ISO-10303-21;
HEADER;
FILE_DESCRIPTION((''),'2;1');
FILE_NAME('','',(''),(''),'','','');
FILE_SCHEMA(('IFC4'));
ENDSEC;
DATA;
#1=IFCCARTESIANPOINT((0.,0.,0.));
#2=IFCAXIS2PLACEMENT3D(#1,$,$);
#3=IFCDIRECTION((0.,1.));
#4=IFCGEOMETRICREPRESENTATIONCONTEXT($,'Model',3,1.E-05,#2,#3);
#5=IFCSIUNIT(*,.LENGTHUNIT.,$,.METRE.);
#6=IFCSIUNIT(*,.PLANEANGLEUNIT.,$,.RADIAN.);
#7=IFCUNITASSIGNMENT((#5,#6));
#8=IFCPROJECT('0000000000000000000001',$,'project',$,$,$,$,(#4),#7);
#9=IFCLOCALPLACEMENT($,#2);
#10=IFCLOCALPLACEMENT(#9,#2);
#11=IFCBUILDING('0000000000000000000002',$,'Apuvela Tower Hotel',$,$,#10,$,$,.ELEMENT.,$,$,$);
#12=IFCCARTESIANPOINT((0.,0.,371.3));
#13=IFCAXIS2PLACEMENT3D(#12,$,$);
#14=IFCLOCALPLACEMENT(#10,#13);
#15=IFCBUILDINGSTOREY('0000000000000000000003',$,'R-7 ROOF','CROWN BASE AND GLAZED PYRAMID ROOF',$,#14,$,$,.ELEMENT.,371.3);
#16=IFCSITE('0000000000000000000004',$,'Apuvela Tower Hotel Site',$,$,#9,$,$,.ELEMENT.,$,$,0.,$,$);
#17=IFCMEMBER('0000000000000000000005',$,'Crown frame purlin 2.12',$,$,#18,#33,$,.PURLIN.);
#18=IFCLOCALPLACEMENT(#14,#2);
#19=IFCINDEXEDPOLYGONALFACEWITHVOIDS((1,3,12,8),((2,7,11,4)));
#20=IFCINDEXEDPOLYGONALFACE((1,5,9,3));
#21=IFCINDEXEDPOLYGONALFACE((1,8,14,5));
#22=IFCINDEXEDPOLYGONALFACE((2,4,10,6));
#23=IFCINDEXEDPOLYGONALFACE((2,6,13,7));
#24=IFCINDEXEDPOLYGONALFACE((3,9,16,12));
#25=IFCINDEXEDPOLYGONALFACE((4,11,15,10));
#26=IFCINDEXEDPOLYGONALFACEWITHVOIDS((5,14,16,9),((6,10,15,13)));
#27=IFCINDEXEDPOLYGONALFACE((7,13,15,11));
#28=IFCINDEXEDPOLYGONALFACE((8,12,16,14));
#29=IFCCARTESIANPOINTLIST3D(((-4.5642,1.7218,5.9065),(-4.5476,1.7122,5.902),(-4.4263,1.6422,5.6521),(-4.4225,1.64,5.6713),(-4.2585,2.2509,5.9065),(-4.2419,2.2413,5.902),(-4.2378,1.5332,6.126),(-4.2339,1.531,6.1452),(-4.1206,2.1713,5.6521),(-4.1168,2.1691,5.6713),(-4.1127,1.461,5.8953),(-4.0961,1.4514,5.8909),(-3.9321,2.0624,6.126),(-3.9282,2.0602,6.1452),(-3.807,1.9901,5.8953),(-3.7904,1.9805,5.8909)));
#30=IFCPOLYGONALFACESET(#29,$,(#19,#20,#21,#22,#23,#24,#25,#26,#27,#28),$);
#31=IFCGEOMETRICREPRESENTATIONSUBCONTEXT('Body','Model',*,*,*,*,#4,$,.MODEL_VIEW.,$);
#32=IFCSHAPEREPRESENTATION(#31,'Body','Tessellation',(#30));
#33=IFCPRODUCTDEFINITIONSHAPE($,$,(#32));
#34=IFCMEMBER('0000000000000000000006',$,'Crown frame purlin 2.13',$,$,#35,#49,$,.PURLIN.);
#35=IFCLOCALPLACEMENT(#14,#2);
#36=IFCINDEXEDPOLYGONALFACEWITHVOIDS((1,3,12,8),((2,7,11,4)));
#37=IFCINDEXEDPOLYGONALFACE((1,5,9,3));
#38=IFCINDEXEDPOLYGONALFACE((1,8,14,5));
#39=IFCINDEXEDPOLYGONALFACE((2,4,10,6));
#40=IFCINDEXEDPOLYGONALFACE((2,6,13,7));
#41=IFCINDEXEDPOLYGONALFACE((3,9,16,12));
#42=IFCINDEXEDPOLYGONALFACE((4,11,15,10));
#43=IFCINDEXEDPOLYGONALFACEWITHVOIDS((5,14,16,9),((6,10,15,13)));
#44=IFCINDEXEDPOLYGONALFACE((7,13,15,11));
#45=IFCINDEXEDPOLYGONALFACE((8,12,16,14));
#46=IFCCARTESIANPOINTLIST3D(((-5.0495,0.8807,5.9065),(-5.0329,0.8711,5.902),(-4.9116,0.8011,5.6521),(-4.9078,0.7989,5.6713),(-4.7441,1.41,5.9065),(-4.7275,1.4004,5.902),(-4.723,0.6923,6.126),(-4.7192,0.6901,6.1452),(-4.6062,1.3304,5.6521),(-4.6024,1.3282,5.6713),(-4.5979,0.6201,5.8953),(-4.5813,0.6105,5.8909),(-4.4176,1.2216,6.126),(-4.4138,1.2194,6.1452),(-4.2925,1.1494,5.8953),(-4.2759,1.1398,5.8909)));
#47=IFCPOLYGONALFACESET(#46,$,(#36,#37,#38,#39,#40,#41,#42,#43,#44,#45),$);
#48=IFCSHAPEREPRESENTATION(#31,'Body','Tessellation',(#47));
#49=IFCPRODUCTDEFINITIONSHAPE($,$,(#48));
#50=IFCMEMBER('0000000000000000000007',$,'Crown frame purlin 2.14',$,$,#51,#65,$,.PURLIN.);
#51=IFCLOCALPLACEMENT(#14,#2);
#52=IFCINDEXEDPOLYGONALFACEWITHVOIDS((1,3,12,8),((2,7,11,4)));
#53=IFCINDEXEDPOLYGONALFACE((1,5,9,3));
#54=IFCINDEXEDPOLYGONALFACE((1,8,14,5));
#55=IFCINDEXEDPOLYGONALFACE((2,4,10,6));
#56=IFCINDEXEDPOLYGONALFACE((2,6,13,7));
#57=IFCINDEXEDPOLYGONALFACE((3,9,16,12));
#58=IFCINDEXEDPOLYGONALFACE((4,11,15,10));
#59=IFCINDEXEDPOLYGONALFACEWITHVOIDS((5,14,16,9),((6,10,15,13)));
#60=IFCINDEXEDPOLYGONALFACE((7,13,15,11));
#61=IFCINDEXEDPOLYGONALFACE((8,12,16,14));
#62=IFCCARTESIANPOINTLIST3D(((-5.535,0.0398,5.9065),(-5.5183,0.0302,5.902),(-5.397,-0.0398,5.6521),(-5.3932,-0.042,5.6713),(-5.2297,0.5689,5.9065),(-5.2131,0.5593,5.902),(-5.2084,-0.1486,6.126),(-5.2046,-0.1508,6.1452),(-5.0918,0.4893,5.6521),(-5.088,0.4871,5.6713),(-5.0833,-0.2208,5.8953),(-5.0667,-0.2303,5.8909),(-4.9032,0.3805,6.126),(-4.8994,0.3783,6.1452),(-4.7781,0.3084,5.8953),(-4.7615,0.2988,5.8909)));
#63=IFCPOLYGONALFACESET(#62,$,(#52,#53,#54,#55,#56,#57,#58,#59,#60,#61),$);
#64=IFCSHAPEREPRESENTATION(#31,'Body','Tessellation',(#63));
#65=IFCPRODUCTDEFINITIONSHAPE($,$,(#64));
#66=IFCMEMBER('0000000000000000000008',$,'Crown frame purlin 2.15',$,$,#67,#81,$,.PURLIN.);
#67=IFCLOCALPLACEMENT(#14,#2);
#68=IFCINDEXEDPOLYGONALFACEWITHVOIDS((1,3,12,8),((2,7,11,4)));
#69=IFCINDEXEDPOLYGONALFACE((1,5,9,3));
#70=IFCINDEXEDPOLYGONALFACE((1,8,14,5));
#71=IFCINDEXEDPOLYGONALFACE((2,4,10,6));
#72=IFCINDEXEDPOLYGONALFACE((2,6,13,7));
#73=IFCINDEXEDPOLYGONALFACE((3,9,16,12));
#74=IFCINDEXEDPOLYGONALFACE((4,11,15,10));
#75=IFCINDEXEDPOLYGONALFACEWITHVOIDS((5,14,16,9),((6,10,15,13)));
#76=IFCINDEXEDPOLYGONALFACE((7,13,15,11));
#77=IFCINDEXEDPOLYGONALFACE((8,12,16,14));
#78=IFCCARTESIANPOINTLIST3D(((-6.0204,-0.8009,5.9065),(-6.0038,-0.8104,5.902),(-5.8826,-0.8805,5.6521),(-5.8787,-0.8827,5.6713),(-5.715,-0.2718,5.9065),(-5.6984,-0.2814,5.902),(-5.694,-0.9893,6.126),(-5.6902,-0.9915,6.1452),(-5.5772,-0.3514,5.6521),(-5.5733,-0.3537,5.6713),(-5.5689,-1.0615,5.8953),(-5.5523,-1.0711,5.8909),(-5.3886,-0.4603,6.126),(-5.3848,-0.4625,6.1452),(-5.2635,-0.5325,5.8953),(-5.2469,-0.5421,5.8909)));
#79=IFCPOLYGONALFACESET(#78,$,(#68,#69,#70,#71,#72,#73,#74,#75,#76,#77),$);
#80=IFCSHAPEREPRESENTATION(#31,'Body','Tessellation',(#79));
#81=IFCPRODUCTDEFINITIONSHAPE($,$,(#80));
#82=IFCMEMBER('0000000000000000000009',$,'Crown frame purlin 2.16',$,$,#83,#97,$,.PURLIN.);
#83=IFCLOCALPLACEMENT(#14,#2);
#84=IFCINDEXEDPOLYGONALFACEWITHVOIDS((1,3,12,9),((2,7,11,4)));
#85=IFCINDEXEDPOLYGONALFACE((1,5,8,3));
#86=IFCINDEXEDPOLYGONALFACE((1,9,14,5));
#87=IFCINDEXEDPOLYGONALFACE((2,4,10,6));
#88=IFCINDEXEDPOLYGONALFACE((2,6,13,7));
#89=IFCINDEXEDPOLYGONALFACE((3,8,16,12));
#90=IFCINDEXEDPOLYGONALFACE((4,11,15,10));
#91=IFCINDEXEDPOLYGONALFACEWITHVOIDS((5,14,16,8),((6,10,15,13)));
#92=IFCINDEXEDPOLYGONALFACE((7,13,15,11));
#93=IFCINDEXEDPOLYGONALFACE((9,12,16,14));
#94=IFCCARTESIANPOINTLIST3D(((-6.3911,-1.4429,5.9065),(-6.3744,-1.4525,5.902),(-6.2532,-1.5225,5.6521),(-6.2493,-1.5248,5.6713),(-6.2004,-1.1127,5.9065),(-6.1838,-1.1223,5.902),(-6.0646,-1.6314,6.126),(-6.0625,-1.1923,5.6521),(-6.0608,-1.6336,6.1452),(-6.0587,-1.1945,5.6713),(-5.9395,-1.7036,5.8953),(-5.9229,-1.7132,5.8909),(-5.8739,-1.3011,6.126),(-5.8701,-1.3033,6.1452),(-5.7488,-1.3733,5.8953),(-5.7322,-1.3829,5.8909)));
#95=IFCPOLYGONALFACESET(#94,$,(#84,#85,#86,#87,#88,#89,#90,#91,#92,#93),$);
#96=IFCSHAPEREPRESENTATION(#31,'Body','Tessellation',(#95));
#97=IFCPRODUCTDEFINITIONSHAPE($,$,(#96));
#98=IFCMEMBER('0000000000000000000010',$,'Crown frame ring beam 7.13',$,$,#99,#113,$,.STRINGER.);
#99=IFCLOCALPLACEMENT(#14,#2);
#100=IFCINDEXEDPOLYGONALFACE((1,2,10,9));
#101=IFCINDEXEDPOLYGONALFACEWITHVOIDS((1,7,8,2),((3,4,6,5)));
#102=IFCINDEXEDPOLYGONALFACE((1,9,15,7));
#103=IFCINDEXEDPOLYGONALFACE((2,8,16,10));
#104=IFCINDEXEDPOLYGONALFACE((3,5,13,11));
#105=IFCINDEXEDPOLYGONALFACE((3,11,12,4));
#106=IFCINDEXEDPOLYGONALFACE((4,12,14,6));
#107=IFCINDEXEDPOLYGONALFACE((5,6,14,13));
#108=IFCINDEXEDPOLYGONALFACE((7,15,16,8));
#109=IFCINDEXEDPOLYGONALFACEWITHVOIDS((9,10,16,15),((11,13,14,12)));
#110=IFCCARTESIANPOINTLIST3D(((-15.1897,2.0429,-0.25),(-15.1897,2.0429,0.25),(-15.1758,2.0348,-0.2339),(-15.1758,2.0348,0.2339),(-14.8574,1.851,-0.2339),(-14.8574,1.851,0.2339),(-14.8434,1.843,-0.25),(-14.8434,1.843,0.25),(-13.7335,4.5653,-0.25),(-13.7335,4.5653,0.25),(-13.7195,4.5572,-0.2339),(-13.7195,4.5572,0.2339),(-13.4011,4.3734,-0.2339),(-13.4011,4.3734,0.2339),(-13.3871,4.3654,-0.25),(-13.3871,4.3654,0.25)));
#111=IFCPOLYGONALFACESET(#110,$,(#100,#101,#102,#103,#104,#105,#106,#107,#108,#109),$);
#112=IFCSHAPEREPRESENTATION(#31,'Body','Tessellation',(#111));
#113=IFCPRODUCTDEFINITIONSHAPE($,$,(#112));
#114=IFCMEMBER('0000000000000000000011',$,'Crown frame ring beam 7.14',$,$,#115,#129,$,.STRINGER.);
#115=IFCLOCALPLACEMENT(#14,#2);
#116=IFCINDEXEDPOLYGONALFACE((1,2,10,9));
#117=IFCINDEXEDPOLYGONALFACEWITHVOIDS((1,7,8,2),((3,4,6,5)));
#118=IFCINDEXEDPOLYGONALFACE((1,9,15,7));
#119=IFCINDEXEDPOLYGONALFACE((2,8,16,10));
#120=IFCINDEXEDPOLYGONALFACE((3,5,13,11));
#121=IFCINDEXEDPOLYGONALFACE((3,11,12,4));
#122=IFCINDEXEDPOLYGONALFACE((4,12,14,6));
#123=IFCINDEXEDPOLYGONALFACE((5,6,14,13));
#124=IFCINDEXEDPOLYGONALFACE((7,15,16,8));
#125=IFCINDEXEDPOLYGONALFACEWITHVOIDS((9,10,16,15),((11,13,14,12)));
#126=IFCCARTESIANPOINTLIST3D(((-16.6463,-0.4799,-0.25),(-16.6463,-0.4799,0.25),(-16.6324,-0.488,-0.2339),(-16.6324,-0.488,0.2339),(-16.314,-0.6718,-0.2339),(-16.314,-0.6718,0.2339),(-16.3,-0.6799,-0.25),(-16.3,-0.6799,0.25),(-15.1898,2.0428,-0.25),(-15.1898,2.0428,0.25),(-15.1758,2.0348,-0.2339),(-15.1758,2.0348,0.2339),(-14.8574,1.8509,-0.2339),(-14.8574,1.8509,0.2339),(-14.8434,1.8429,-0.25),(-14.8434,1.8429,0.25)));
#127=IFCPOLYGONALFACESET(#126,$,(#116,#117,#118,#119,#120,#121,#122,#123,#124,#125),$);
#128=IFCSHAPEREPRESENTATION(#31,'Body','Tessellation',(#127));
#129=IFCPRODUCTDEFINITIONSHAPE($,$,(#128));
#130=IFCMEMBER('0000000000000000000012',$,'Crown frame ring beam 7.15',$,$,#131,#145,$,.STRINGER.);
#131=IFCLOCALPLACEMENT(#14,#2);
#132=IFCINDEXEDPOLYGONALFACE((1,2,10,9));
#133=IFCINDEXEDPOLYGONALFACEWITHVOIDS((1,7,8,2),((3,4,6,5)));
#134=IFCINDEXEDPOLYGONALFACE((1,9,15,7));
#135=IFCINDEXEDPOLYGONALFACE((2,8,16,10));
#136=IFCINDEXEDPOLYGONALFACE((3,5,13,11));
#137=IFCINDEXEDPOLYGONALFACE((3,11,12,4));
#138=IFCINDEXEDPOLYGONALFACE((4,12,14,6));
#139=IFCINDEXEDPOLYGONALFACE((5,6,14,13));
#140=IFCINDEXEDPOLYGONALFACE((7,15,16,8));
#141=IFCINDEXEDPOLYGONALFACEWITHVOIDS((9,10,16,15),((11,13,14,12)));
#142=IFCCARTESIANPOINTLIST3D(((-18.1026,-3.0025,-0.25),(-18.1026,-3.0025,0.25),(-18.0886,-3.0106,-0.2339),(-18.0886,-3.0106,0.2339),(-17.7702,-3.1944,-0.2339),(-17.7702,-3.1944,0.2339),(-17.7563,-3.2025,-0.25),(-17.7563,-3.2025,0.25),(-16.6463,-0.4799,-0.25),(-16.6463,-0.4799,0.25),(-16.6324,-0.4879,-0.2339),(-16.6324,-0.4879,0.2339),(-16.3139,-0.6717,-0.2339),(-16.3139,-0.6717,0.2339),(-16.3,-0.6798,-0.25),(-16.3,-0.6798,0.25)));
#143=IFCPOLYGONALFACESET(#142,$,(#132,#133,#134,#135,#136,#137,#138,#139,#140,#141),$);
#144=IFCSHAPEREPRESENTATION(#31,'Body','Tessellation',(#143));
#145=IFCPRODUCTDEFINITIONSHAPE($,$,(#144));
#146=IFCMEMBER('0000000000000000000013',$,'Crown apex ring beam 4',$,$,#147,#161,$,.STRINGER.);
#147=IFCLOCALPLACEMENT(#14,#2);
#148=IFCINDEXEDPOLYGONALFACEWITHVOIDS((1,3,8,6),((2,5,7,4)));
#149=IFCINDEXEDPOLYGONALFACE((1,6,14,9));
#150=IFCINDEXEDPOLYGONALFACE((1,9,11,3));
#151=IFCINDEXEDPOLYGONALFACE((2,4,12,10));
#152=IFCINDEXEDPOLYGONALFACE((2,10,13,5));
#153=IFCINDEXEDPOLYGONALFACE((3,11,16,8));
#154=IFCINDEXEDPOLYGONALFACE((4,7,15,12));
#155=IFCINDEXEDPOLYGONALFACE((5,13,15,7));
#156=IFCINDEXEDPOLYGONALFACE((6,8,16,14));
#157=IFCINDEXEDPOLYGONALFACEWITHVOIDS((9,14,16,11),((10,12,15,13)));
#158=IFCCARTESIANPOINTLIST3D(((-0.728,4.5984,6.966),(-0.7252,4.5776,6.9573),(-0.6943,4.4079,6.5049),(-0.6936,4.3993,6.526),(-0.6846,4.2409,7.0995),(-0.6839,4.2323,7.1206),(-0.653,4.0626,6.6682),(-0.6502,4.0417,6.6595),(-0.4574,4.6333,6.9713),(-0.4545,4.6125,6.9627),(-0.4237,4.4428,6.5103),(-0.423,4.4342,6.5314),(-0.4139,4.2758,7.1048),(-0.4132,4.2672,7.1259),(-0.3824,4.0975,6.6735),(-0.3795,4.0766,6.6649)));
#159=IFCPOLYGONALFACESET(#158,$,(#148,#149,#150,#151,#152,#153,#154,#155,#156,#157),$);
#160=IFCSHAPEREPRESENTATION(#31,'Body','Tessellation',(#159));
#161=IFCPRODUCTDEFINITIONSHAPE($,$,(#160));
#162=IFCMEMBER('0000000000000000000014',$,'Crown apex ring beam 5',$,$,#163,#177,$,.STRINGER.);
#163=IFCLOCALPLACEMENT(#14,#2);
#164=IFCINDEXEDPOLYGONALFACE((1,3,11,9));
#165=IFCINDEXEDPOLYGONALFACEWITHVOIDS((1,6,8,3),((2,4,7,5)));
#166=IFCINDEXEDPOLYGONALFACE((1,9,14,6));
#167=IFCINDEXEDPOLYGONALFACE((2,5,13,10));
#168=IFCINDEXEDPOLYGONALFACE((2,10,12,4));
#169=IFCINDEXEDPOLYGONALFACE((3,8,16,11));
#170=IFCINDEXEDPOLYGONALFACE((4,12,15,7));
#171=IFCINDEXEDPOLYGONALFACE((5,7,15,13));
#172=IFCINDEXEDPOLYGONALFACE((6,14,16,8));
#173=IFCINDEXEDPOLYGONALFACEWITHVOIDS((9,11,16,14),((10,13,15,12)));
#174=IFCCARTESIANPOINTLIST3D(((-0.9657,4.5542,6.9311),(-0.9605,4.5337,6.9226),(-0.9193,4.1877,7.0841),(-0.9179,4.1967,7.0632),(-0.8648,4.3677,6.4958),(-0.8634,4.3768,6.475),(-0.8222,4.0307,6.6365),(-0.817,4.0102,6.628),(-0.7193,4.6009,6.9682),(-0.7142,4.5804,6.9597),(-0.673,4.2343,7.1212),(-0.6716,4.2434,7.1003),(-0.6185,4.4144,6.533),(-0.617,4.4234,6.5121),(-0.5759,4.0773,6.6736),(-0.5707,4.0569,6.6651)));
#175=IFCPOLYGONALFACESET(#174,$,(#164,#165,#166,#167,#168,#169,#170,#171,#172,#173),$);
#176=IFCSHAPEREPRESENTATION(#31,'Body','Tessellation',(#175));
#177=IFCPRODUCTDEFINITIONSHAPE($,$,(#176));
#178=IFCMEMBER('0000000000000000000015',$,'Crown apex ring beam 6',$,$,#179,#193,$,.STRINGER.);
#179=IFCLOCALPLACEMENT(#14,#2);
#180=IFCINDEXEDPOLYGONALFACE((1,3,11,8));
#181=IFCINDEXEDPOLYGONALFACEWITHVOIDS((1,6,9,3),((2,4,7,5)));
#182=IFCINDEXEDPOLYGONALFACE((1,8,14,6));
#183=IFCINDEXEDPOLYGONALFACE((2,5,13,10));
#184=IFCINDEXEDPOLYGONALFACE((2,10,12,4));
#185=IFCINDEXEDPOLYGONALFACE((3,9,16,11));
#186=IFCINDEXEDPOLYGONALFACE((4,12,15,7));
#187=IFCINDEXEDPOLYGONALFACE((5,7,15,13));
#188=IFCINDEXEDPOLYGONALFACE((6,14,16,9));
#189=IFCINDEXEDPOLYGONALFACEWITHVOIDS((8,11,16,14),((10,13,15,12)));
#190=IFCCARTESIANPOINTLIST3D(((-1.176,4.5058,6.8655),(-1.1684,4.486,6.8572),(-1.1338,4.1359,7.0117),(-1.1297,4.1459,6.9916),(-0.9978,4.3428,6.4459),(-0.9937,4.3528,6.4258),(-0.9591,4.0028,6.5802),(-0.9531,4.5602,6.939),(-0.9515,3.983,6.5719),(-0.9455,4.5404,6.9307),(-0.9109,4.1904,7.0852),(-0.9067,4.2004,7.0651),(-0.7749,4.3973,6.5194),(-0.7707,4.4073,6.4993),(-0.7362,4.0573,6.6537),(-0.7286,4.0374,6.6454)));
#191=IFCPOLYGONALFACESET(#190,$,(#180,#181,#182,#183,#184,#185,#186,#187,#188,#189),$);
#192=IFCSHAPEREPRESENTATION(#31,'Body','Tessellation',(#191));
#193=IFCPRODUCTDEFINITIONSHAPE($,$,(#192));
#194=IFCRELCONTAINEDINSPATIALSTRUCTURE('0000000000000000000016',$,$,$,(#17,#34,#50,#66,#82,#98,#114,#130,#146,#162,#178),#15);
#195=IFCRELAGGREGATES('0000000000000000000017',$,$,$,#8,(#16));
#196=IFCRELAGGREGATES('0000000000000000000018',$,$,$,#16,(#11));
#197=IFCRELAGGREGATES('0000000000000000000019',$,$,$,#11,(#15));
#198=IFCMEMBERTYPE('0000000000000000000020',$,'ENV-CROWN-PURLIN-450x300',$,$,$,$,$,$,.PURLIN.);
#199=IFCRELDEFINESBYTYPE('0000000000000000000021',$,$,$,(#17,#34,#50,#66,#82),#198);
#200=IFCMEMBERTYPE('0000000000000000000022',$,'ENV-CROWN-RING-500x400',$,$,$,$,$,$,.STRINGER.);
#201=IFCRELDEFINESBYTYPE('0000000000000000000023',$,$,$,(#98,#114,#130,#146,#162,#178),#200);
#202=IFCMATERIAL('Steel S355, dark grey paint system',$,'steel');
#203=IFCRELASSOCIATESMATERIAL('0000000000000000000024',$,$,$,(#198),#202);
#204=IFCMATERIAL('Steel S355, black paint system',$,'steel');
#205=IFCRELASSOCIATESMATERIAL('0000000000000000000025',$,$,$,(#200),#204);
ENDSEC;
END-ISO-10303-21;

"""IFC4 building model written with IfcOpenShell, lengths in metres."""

from ifc_helpers import new_model, si_unit, direction, frame, origin, origin_2d, place, context, subcontext, project, spatial, hollow_rectangle, extrude, material, material_profile, profile_set, type_object, element, save


model = new_model("IFC4")

# Units and contexts
model_context = context("Model", 3, precision=1e-05, world=origin(), true_north=direction((0.0, 1.0)))
body_context = subcontext(model_context, "Body", "Model", "MODEL_VIEW")
ifc_project = project(units=[si_unit("LENGTHUNIT", "METRE"), si_unit("PLANEANGLEUNIT", "RADIAN")], contexts=[model_context])

# Site, building, storey
site_placement = place(None, origin())
site = spatial("IfcSite", under=ifc_project, at=site_placement, Name="Apuvela Tower Hotel Site", CompositionType="ELEMENT", RefElevation=0.0)
building_placement = place(site_placement, origin())
building = spatial("IfcBuilding", under=site, at=building_placement, Name="Apuvela Tower Hotel", CompositionType="ELEMENT")
storey_placement = place(building_placement, frame((0.0, 0.0, 371.3)))
storey = spatial("IfcBuildingStorey", under=building, at=storey_placement, Name="R-7 ROOF", Description="CROWN BASE AND GLAZED PYRAMID ROOF", CompositionType="ELEMENT", Elevation=371.3)

# Members
ifc_material_1 = material(Name="Steel S355, dark grey paint system", Category="steel")
ifc_material_profile_1 = material_profile(ifc_material_1, hollow_rectangle(XDim=0.45, YDim=0.3, WallThickness=0.0139, at=origin_2d()), Name="HSS 450x300x14")
ifc_profile_set_1 = profile_set([ifc_material_profile_1], Name="Steel S355, dark grey paint system")
member_type_1 = type_object("IfcMemberType", Name="ENV-CROWN-PURLIN-450x300", PredefinedType="PURLIN", material=ifc_profile_set_1)
for number, where, z_axis, x_axis, name in (
    (1, (-4.0244, 2.1157, 5.8987), (-0.500264, -0.865873, 0.0), (0.733907, -0.42402, 0.530647), "Crown frame purlin 2.12"),
    (2, (-4.51, 1.2749, 5.8987), (-0.499792, -0.866146, 0.0), (0.734139, -0.42362, 0.530647), "Crown frame purlin 2.13"),
):
    element("IfcMember", number, at=place(storey_placement, frame(where, z_axis=z_axis, x_axis=x_axis)), inside=storey, type_object=member_type_1, Name=name, PredefinedType="PURLIN", context=body_context, shape_type="SweptSolid", body=[
        extrude(hollow_rectangle(XDim=0.45, YDim=0.3, WallThickness=0.0139, at=origin_2d()), origin(), (0.0, 0.0, 1.0), 0.6111),
    ])
for number, where, z_axis, x_axis, name in (
    (3, (-4.9956, 0.4338, 5.8987), (-0.499665, -0.866219, 0.0), (0.734201, -0.423512, 0.530647), "Crown frame purlin 2.14"),
    (4, (-5.481, -0.407, 5.8987), (-0.499965, -0.866046, 0.0), (0.734054, -0.423766, 0.530647), "Crown frame purlin 2.15"),
):
    element("IfcMember", number, at=place(storey_placement, frame(where, z_axis=z_axis, x_axis=x_axis)), inside=storey, type_object=member_type_1, Name=name, PredefinedType="PURLIN", context=body_context, shape_type="SweptSolid", body=[
        extrude(hollow_rectangle(XDim=0.45, YDim=0.3, WallThickness=0.0139, at=origin_2d()), origin(), (0.0, 0.0, 1.0), 0.6108),
    ])
member_1_placement = place(storey_placement, frame((-5.9663, -1.2478, 5.8987), z_axis=(-0.499926, -0.866068, 0.0), x_axis=(0.734073, -0.423733, 0.530647)))
element("IfcMember", 5, at=member_1_placement, inside=storey, type_object=member_type_1, Name="Crown frame purlin 2.16", PredefinedType="PURLIN", context=body_context, shape_type="SweptSolid", body=[
    extrude(hollow_rectangle(XDim=0.45, YDim=0.3, WallThickness=0.0139, at=origin_2d()), origin(), (0.0, 0.0, 1.0), 0.3813),
])
ifc_material_2 = material(Name="Steel S355, black paint system", Category="steel")
ifc_material_profile_2 = material_profile(ifc_material_2, hollow_rectangle(XDim=0.3999, YDim=0.5, WallThickness=0.0161, at=origin_2d()), Name="HSS 500x400x16")
ifc_profile_set_2 = profile_set([ifc_material_profile_2], Name="Steel S355, black paint system")
member_type_2 = type_object("IfcMemberType", Name="ENV-CROWN-RING-500x400", PredefinedType="STRINGER", material=ifc_profile_set_2)
member_2_placement = place(storey_placement, frame((-13.5603, 4.4653, 0.0), z_axis=(-0.499988, -0.866032, 0.0), x_axis=(0.866032, -0.499988, 0.0)))
element("IfcMember", 6, at=member_2_placement, inside=storey, type_object=member_type_2, Name="Crown frame ring beam 7.13", PredefinedType="STRINGER", context=body_context, shape_type="SweptSolid", body=[
    extrude(hollow_rectangle(XDim=0.3999, YDim=0.5, WallThickness=0.0161, at=origin_2d()), origin(), (0.0, 0.0, 1.0), 2.9126),
])
member_3_placement = place(storey_placement, frame((-15.0166, 1.9429, 0.0), z_axis=(-0.500015, -0.866017, 0.0), x_axis=(0.866017, -0.500015, 0.0)))
element("IfcMember", 7, at=member_3_placement, inside=storey, type_object=member_type_2, Name="Crown frame ring beam 7.14", PredefinedType="STRINGER", context=body_context, shape_type="SweptSolid", body=[
    extrude(hollow_rectangle(XDim=0.3999, YDim=0.5, WallThickness=0.0161, at=origin_2d()), origin(), (0.0, 0.0, 1.0), 2.9131),
])
member_4_placement = place(storey_placement, frame((-16.4731, -0.5798, 0.0), z_axis=(-0.499952, -0.866053, 0.0), x_axis=(0.866053, -0.499952, 0.0)))
element("IfcMember", 8, at=member_4_placement, inside=storey, type_object=member_type_2, Name="Crown frame ring beam 7.15", PredefinedType="STRINGER", context=body_context, shape_type="SweptSolid", body=[
    extrude(hollow_rectangle(XDim=0.3999, YDim=0.5, WallThickness=0.0161, at=origin_2d()), origin(), (0.0, 0.0, 1.0), 2.9128),
])
member_5_placement = place(storey_placement, frame((-0.4185, 4.355, 6.8181), z_axis=(-0.991597, -0.127861, -0.019671), x_axis=(0.110398, -0.915636, 0.386552)))
element("IfcMember", 9, at=member_5_placement, inside=storey, type_object=member_type_2, Name="Crown apex ring beam 4", PredefinedType="STRINGER", context=body_context, shape_type="SweptSolid", body=[
    extrude(hollow_rectangle(XDim=0.3999, YDim=0.5, WallThickness=0.0161, at=origin_2d()), origin(), (0.0, 0.0, 1.0), 0.2729),
])
member_6_placement = place(storey_placement, frame((-0.645, 4.3289, 6.8167), z_axis=(-0.971962, -0.183989, -0.14642), x_axis=(0.115877, -0.91662, 0.382597)))
element("IfcMember", 10, at=member_6_placement, inside=storey, type_object=member_type_2, Name="Crown apex ring beam 5", PredefinedType="STRINGER", context=body_context, shape_type="SweptSolid", body=[
    extrude(hollow_rectangle(XDim=0.3999, YDim=0.5, WallThickness=0.0161, at=origin_2d()), origin(), (0.0, 0.0, 1.0), 0.2534),
])
member_7_placement = place(storey_placement, frame((-0.8408, 4.2988, 6.7922), z_axis=(-0.925154, -0.225969, -0.305007), x_axis=(0.105416, -0.924848, 0.365437)))
element("IfcMember", 11, at=member_7_placement, inside=storey, type_object=member_type_2, Name="Crown apex ring beam 6", PredefinedType="STRINGER", context=body_context, shape_type="SweptSolid", body=[
    extrude(hollow_rectangle(XDim=0.3999, YDim=0.5, WallThickness=0.0161, at=origin_2d()), origin(), (0.0, 0.0, 1.0), 0.241),
])

save(model, "model.ifc")
